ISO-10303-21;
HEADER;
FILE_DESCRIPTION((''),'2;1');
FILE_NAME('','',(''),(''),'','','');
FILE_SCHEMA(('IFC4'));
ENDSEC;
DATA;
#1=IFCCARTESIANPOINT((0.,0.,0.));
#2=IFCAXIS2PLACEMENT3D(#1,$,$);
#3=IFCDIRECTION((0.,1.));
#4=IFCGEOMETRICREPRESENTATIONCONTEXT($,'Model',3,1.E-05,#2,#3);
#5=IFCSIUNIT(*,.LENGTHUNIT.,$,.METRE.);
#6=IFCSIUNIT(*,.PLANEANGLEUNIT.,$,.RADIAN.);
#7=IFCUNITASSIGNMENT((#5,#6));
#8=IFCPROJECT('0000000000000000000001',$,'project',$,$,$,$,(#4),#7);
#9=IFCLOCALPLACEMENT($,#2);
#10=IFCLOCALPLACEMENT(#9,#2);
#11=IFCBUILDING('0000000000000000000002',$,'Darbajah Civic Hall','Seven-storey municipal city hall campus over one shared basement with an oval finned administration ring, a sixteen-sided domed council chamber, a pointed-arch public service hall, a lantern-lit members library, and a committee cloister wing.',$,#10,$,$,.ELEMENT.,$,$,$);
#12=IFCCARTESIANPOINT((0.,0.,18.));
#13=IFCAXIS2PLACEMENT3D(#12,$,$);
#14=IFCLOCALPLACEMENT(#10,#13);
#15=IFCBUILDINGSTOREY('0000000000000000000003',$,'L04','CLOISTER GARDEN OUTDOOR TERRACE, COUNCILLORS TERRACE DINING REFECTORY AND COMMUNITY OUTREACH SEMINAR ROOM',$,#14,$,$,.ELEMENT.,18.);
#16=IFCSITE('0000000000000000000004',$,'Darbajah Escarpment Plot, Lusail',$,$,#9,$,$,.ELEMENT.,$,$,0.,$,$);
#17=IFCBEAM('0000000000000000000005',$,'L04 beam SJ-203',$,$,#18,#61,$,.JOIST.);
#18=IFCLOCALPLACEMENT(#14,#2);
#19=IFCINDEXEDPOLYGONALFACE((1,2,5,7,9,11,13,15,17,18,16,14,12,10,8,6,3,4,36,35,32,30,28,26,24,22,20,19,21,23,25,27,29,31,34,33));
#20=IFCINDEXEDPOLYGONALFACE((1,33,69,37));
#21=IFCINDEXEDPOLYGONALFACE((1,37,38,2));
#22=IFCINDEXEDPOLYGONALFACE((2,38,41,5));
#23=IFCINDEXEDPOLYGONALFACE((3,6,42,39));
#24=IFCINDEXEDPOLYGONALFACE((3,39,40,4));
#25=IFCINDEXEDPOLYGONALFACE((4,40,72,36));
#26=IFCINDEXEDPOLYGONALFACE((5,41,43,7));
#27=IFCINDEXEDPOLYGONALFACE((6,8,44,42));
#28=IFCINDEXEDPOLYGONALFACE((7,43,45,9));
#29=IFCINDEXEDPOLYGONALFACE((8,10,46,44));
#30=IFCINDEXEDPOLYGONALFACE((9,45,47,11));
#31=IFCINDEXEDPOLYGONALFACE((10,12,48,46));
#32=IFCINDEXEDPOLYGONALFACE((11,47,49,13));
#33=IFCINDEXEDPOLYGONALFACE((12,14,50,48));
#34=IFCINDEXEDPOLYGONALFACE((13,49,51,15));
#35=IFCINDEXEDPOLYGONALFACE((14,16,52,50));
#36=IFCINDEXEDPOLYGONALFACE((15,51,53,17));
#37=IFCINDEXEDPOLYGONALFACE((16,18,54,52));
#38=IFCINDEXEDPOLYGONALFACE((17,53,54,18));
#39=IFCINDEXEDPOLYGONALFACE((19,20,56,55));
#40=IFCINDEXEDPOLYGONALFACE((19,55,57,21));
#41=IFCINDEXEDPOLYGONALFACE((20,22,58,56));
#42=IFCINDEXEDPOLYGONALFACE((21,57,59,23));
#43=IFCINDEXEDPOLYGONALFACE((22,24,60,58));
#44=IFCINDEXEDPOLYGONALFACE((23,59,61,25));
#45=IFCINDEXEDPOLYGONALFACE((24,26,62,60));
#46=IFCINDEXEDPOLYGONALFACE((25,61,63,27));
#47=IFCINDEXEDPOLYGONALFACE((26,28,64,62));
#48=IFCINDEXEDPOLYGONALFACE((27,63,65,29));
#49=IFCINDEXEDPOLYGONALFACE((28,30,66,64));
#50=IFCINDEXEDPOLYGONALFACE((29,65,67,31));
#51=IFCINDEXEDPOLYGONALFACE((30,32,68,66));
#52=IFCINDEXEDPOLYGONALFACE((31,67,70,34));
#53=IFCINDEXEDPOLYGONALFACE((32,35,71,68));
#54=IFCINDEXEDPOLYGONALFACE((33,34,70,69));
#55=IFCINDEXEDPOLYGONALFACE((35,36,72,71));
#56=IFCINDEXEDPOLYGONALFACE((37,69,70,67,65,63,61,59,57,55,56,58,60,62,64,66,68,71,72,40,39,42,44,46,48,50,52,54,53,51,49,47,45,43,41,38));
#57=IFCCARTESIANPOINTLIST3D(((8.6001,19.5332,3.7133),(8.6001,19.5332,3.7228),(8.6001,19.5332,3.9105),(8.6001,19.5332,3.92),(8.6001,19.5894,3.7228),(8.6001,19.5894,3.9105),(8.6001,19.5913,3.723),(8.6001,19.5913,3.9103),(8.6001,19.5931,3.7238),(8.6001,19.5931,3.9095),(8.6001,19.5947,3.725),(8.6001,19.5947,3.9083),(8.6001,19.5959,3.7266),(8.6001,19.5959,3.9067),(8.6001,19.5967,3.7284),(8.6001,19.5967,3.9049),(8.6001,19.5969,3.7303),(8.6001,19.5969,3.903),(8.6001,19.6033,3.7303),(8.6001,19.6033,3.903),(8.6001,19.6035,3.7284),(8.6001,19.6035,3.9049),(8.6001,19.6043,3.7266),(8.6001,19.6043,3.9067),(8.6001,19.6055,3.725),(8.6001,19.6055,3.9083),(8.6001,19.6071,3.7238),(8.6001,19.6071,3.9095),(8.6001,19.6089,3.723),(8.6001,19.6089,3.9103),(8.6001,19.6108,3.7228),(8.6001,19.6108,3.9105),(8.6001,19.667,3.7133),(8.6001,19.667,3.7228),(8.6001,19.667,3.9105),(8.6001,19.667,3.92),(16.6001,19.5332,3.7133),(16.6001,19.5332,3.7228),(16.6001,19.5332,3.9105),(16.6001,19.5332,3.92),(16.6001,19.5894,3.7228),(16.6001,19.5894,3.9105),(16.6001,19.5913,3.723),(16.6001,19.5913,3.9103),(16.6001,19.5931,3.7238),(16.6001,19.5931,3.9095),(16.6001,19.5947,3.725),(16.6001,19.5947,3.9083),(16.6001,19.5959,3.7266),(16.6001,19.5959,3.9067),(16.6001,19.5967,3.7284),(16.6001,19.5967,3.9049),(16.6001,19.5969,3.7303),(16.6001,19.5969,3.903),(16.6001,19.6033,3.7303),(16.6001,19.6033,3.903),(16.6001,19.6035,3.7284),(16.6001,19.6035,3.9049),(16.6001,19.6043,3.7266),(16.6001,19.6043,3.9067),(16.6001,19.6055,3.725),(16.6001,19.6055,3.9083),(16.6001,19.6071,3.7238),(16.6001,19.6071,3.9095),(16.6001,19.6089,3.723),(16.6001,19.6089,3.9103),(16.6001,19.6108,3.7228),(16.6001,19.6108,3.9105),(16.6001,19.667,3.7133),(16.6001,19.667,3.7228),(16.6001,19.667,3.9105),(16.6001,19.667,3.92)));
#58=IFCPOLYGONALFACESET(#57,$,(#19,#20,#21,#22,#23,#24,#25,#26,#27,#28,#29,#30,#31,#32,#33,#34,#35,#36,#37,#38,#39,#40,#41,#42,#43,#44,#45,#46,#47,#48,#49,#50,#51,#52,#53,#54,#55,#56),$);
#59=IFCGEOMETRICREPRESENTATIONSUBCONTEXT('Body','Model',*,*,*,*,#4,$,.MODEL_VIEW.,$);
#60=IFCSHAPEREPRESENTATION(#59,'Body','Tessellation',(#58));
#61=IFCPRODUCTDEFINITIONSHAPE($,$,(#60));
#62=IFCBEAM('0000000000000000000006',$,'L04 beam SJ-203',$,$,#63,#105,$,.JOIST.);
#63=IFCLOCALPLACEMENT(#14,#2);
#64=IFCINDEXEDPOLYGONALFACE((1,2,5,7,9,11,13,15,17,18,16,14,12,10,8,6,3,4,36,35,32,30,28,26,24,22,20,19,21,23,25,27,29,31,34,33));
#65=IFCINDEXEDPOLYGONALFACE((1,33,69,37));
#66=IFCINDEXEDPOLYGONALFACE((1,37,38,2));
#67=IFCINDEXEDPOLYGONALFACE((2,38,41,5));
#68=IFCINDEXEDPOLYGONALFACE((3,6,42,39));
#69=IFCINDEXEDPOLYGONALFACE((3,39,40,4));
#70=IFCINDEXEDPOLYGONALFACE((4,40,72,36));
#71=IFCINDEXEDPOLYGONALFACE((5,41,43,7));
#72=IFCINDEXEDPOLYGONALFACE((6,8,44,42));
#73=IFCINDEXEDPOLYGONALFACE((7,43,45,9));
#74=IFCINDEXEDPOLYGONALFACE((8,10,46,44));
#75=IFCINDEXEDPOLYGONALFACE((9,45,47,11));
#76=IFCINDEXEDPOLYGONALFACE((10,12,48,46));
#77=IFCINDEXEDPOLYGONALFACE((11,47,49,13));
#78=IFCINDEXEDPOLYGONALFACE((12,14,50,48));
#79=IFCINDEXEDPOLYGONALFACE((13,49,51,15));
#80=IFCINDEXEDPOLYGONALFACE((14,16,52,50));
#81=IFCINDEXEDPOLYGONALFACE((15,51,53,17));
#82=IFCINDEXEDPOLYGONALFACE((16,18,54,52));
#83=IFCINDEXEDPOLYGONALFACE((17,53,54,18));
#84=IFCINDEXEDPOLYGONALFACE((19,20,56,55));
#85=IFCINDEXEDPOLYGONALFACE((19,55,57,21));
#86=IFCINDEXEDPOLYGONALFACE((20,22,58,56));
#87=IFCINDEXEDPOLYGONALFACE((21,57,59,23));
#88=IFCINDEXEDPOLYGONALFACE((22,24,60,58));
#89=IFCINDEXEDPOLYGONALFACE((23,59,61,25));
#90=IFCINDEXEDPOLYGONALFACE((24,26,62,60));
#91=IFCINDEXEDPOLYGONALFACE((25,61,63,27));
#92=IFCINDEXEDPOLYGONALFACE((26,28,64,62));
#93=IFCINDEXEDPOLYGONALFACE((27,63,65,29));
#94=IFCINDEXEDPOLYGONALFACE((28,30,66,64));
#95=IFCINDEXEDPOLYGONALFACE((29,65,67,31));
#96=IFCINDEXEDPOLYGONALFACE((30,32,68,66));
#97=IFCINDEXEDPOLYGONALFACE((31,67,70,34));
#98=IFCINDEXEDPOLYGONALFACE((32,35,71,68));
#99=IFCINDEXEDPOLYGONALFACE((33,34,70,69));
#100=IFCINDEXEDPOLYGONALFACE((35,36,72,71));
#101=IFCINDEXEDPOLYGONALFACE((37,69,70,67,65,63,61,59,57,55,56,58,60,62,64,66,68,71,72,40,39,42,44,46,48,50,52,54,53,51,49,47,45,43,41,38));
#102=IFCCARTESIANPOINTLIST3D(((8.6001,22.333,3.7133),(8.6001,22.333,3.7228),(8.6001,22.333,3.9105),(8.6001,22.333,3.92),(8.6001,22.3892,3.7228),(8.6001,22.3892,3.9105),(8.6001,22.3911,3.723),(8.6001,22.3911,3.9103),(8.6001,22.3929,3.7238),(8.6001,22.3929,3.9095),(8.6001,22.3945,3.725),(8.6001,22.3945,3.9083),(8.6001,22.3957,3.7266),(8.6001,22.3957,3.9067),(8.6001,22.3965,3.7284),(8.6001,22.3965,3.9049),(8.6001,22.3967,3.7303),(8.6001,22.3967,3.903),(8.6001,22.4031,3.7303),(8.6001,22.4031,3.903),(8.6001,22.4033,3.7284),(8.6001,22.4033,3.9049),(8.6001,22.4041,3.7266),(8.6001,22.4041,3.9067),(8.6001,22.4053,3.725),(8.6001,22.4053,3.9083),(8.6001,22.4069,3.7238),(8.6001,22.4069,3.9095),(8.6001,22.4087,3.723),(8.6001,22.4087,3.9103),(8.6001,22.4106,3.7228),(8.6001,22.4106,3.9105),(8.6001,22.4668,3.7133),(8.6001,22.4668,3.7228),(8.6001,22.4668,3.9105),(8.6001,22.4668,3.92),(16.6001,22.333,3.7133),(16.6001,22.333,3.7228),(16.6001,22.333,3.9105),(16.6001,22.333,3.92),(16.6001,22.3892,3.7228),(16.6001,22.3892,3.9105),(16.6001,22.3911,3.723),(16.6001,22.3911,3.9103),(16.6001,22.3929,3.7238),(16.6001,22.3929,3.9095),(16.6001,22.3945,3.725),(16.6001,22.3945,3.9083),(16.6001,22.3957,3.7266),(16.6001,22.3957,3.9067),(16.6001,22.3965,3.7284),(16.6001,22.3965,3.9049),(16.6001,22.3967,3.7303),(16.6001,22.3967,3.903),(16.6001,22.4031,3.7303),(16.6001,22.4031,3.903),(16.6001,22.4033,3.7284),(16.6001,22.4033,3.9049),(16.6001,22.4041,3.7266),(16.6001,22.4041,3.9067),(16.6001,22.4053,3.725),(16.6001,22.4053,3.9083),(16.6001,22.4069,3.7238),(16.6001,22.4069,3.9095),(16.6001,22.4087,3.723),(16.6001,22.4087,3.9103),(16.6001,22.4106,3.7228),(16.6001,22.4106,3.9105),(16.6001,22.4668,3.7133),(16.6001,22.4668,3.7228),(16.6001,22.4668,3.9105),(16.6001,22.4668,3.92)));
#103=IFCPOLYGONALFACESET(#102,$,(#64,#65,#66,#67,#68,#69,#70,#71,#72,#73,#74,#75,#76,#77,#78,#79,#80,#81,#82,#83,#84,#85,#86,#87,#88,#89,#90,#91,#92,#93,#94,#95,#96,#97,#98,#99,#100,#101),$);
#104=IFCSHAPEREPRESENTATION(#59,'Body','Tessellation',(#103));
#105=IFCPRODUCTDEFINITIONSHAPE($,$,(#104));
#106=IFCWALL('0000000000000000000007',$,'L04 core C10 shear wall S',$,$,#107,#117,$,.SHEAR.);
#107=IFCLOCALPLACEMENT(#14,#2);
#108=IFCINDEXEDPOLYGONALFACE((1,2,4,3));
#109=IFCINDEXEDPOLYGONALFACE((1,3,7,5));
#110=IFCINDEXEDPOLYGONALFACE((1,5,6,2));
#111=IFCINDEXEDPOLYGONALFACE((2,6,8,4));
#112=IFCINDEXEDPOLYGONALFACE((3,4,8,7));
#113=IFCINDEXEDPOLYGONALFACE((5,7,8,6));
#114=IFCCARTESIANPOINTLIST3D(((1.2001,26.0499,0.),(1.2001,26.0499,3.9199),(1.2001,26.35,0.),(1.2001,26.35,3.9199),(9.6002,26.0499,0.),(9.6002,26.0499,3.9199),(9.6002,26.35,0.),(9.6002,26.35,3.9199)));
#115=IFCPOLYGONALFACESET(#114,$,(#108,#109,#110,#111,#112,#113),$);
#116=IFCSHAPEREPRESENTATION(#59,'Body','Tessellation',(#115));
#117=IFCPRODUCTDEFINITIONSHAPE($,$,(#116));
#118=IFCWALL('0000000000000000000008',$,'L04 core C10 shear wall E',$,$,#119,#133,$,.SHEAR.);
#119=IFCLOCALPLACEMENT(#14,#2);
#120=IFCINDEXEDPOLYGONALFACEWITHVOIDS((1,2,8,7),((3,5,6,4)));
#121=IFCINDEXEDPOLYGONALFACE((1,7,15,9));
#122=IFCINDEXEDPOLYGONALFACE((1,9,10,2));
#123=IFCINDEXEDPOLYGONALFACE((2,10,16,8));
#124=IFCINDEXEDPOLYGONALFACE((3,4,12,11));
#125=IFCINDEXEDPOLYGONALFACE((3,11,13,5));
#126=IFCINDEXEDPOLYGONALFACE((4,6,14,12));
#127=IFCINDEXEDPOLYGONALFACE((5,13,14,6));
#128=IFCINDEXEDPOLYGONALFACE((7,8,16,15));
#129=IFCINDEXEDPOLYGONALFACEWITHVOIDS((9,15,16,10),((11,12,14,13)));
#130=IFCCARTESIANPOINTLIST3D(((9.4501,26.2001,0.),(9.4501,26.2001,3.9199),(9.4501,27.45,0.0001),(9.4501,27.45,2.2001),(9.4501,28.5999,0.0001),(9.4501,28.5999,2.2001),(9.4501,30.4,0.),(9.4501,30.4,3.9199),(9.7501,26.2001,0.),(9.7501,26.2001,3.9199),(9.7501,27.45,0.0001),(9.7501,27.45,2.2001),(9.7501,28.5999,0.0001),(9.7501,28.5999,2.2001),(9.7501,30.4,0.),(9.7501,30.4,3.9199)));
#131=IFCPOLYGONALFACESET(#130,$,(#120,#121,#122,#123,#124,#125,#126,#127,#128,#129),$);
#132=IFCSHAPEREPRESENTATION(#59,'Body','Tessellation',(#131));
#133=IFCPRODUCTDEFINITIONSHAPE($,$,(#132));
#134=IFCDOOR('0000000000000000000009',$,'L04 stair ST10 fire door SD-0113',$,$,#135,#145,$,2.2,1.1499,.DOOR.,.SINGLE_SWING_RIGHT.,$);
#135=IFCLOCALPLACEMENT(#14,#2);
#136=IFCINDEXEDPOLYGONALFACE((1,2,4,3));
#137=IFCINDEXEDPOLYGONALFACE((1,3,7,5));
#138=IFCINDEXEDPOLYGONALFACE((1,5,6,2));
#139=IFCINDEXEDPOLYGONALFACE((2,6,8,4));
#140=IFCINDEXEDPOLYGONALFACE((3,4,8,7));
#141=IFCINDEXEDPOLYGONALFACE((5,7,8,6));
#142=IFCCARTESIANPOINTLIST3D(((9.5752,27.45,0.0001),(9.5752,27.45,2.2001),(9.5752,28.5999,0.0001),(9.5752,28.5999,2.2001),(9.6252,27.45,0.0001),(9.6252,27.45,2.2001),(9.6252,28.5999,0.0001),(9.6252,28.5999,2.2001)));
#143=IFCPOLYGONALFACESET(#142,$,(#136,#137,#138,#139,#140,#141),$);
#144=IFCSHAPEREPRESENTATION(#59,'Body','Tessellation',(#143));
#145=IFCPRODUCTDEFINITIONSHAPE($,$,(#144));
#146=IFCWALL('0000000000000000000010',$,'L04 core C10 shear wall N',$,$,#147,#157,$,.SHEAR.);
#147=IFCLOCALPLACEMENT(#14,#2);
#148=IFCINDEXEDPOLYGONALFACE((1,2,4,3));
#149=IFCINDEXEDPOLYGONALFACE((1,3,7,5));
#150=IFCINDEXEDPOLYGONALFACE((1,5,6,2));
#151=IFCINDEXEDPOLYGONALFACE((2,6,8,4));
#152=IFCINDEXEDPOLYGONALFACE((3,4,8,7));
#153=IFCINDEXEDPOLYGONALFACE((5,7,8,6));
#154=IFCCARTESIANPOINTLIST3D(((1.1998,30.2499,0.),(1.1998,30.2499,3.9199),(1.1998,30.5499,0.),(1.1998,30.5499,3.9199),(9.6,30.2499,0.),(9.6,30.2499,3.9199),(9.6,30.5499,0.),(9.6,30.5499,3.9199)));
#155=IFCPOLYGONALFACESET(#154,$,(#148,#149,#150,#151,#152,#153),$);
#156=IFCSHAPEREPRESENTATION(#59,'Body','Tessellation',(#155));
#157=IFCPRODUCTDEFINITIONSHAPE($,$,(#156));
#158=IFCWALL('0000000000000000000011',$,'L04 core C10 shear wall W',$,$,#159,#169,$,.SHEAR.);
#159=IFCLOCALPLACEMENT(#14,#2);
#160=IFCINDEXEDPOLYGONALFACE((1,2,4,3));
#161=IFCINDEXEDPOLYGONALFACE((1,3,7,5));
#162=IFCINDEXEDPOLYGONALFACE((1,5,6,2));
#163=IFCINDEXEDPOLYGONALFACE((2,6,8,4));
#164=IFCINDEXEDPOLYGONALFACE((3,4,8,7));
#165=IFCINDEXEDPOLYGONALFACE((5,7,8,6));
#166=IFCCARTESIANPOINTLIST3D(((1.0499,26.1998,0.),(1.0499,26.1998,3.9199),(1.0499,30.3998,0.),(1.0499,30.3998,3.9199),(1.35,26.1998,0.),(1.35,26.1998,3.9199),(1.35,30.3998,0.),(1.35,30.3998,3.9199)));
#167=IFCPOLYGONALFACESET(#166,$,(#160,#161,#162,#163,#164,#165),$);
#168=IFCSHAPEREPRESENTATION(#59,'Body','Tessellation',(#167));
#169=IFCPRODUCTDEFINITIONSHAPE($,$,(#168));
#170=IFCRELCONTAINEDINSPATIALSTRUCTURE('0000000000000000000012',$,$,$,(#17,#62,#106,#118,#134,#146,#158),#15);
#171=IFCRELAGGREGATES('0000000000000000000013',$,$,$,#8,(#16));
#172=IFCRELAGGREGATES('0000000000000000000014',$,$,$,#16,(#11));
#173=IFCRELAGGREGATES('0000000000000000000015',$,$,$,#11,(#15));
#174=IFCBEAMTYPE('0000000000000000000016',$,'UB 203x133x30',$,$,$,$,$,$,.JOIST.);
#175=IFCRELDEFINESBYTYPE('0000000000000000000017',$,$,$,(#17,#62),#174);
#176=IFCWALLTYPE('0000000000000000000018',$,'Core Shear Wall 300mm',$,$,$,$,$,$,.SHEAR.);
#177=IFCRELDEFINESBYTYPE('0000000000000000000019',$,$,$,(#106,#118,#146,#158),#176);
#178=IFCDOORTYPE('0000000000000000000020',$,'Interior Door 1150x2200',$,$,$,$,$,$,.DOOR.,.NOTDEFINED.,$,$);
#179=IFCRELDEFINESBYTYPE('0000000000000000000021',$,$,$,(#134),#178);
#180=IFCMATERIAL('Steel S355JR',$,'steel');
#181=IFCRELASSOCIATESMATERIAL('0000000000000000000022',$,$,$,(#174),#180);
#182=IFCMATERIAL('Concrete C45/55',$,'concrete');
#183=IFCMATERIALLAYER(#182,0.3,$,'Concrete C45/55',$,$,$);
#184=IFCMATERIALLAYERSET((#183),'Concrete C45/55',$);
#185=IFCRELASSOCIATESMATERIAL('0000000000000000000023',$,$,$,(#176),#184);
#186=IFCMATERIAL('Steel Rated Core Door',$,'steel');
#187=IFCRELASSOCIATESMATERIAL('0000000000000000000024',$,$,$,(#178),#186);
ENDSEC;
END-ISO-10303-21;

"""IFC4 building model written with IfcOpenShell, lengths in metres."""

from ifc_helpers import new_model, si_unit, direction, frame, frame_2d, origin, origin_2d, place, context, subcontext, project, spatial, rectangle, i_section, extrude, material, layer, layer_set, material_profile, profile_set, type_object, element, fill, save


model = new_model("IFC4")

# Units and contexts
model_context = context("Model", 3, precision=1e-05, world=origin(), true_north=direction((0.0, 1.0)))
body_context = subcontext(model_context, "Body", "Model", "MODEL_VIEW")
ifc_project = project(units=[si_unit("LENGTHUNIT", "METRE"), si_unit("PLANEANGLEUNIT", "RADIAN")], contexts=[model_context])

# Site, building, storey
site_placement = place(None, origin())
site = spatial("IfcSite", under=ifc_project, at=site_placement, Name="Darbajah Escarpment Plot, Lusail", CompositionType="ELEMENT", RefElevation=0.0)
building_placement = place(site_placement, origin())
building = spatial("IfcBuilding", under=site, at=building_placement, Name="Darbajah Civic Hall", Description="Seven-storey municipal city hall campus over one shared basement with an oval finned administration ring, a sixteen-sided domed council chamber, a pointed-arch public service hall, a lantern-lit members library, and a committee cloister wing.", CompositionType="ELEMENT")
storey_placement = place(building_placement, frame((0.0, 0.0, 18.0)))
storey = spatial("IfcBuildingStorey", under=building, at=storey_placement, Name="L04", Description="CLOISTER GARDEN OUTDOOR TERRACE, COUNCILLORS TERRACE DINING REFECTORY AND COMMUNITY OUTREACH SEMINAR ROOM", CompositionType="ELEMENT", Elevation=18.0)

# Shared definitions
ifc_material_1 = material(Name="Steel S355JR", Category="steel")

# Beams
ifc_material_2 = material(Name="Concrete C45/55", Category="concrete")
ifc_material_profile_1 = material_profile(ifc_material_1, i_section(OverallWidth=0.1338, OverallDepth=0.2068, WebThickness=0.0063, FlangeThickness=0.0095, FilletRadius=0.0076, at=origin_2d()), Name="UB 203x133x30")
ifc_profile_set_1 = profile_set([ifc_material_profile_1], Name="Steel S355JR")
beam_type_1 = type_object("IfcBeamType", Name="UB 203x133x30", PredefinedType="JOIST", material=ifc_profile_set_1)
for number, where, z_axis, x_axis, name in (
    (1, (8.6001, 19.6001, 3.8167), (1.0, 0.0, 0.0), (0.0, 1.0, 0.0), "L04 beam SJ-203"),
    (2, (8.6001, 22.3999, 3.8167), (1.0, 0.0, 0.0), (0.0, 1.0, 0.0), "L04 beam SJ-203"),
):
    element("IfcBeam", number, at=place(storey_placement, frame(where, z_axis=z_axis, x_axis=x_axis)), inside=storey, type_object=beam_type_1, Name=name, PredefinedType="JOIST", context=body_context, shape_type="SweptSolid", body=[
        extrude(i_section(OverallWidth=0.1338, OverallDepth=0.2068, WebThickness=0.0063, FlangeThickness=0.0095, FilletRadius=0.0076, at=origin_2d()), origin(), (0.0, 0.0, 1.0), 8.0),
    ])

# Wall
ifc_layer_1 = layer(ifc_material_2, 0.3, Name="Concrete C45/55")
ifc_layer_set_1 = layer_set([ifc_layer_1], Name="Concrete C45/55")
wall_type_1 = type_object("IfcWallType", Name="Core Shear Wall 300mm", PredefinedType="SHEAR", material=ifc_layer_set_1)
wall_1_placement = place(storey_placement, frame((1.2, 26.2, 0.0), z_axis=(0.0, 0.0, 1.0), x_axis=(1.0, 0.0, 0.0)))
element("IfcWall", 3, at=wall_1_placement, inside=storey, type_object=wall_type_1, Name="L04 core C10 shear wall S", PredefinedType="SHEAR", context=body_context, shape_type="SweptSolid", body=[
    extrude(rectangle(XDim=8.4001, YDim=0.3, at=frame_2d((4.2002, 0.0))), origin(), (0.0, 0.0, 1.0), 3.9199),
])

# Wall, opening, door
wall_2_placement = place(storey_placement, frame((9.6001, 26.2, 0.0), z_axis=(0.0, 0.0, 1.0), x_axis=(0.0, 1.0, 0.0)))
wall_2 = element("IfcWall", 4, at=wall_2_placement, inside=storey, type_object=wall_type_1, Name="L04 core C10 shear wall E", PredefinedType="SHEAR", context=body_context, shape_type="SweptSolid", body=[
    extrude(rectangle(XDim=4.2, YDim=0.3, at=frame_2d((2.1001, 0.0))), origin(), (0.0, 0.0, 1.0), 3.9199),
])
opening_1_placement = place(wall_2_placement, frame((1.25, 0.0, 0.0)))
opening_1 = element("IfcOpeningElement", 5, at=opening_1_placement, cuts=wall_2, PredefinedType="OPENING", context=body_context, shape_type="SweptSolid", body=[
    extrude(rectangle(XDim=1.1499, YDim=2.2, at=frame_2d((0.575, 1.1001))), frame((0.0, 0.1599, 0.0), z_axis=(0.0, -1.0, 0.0), x_axis=(1.0, 0.0, 0.0)), (0.0, 0.0, 1.0), 0.3201),
])
ifc_material_3 = material(Name="Steel Rated Core Door", Category="steel")
door_type_1 = type_object("IfcDoorType", Name="Interior Door 1150x2200", OperationType="NOTDEFINED", PredefinedType="DOOR", material=ifc_material_3)
door_1_placement = place(opening_1_placement, origin())
door_1 = element("IfcDoor", 6, at=door_1_placement, inside=storey, type_object=door_type_1, Name="L04 stair ST10 fire door SD-0113", OperationType="SINGLE_SWING_RIGHT", OverallHeight=2.2, OverallWidth=1.1499, PredefinedType="DOOR", context=body_context, shape_type="SweptSolid", body=[
    extrude(rectangle(XDim=1.1499, YDim=2.2, at=frame_2d((0.575, 1.1001))), frame((0.0, 0.0249, 0.0), z_axis=(0.0, -1.0, 0.0), x_axis=(1.0, 0.0, 0.0)), (0.0, 0.0, 1.0), 0.05),
])
fill(opening_1, door_1)

# Walls
wall_3_placement = place(storey_placement, frame((9.6001, 30.3999, 0.0), z_axis=(0.0, 0.0, 1.0), x_axis=(-1.0, 0.0, 0.0)))
element("IfcWall", 7, at=wall_3_placement, inside=storey, type_object=wall_type_1, Name="L04 core C10 shear wall N", PredefinedType="SHEAR", context=body_context, shape_type="SweptSolid", body=[
    extrude(rectangle(XDim=8.4001, YDim=0.3, at=frame_2d((4.2002, 0.0))), origin(), (0.0, 0.0, 1.0), 3.9199),
])
wall_4_placement = place(storey_placement, frame((1.2, 30.3999, 0.0), z_axis=(0.0, 0.0, 1.0), x_axis=(0.0, -1.0, 0.0)))
element("IfcWall", 8, at=wall_4_placement, inside=storey, type_object=wall_type_1, Name="L04 core C10 shear wall W", PredefinedType="SHEAR", context=body_context, shape_type="SweptSolid", body=[
    extrude(rectangle(XDim=4.2, YDim=0.3, at=frame_2d((2.1001, 0.0))), origin(), (0.0, 0.0, 1.0), 3.9199),
])

save(model, "model.ifc")
